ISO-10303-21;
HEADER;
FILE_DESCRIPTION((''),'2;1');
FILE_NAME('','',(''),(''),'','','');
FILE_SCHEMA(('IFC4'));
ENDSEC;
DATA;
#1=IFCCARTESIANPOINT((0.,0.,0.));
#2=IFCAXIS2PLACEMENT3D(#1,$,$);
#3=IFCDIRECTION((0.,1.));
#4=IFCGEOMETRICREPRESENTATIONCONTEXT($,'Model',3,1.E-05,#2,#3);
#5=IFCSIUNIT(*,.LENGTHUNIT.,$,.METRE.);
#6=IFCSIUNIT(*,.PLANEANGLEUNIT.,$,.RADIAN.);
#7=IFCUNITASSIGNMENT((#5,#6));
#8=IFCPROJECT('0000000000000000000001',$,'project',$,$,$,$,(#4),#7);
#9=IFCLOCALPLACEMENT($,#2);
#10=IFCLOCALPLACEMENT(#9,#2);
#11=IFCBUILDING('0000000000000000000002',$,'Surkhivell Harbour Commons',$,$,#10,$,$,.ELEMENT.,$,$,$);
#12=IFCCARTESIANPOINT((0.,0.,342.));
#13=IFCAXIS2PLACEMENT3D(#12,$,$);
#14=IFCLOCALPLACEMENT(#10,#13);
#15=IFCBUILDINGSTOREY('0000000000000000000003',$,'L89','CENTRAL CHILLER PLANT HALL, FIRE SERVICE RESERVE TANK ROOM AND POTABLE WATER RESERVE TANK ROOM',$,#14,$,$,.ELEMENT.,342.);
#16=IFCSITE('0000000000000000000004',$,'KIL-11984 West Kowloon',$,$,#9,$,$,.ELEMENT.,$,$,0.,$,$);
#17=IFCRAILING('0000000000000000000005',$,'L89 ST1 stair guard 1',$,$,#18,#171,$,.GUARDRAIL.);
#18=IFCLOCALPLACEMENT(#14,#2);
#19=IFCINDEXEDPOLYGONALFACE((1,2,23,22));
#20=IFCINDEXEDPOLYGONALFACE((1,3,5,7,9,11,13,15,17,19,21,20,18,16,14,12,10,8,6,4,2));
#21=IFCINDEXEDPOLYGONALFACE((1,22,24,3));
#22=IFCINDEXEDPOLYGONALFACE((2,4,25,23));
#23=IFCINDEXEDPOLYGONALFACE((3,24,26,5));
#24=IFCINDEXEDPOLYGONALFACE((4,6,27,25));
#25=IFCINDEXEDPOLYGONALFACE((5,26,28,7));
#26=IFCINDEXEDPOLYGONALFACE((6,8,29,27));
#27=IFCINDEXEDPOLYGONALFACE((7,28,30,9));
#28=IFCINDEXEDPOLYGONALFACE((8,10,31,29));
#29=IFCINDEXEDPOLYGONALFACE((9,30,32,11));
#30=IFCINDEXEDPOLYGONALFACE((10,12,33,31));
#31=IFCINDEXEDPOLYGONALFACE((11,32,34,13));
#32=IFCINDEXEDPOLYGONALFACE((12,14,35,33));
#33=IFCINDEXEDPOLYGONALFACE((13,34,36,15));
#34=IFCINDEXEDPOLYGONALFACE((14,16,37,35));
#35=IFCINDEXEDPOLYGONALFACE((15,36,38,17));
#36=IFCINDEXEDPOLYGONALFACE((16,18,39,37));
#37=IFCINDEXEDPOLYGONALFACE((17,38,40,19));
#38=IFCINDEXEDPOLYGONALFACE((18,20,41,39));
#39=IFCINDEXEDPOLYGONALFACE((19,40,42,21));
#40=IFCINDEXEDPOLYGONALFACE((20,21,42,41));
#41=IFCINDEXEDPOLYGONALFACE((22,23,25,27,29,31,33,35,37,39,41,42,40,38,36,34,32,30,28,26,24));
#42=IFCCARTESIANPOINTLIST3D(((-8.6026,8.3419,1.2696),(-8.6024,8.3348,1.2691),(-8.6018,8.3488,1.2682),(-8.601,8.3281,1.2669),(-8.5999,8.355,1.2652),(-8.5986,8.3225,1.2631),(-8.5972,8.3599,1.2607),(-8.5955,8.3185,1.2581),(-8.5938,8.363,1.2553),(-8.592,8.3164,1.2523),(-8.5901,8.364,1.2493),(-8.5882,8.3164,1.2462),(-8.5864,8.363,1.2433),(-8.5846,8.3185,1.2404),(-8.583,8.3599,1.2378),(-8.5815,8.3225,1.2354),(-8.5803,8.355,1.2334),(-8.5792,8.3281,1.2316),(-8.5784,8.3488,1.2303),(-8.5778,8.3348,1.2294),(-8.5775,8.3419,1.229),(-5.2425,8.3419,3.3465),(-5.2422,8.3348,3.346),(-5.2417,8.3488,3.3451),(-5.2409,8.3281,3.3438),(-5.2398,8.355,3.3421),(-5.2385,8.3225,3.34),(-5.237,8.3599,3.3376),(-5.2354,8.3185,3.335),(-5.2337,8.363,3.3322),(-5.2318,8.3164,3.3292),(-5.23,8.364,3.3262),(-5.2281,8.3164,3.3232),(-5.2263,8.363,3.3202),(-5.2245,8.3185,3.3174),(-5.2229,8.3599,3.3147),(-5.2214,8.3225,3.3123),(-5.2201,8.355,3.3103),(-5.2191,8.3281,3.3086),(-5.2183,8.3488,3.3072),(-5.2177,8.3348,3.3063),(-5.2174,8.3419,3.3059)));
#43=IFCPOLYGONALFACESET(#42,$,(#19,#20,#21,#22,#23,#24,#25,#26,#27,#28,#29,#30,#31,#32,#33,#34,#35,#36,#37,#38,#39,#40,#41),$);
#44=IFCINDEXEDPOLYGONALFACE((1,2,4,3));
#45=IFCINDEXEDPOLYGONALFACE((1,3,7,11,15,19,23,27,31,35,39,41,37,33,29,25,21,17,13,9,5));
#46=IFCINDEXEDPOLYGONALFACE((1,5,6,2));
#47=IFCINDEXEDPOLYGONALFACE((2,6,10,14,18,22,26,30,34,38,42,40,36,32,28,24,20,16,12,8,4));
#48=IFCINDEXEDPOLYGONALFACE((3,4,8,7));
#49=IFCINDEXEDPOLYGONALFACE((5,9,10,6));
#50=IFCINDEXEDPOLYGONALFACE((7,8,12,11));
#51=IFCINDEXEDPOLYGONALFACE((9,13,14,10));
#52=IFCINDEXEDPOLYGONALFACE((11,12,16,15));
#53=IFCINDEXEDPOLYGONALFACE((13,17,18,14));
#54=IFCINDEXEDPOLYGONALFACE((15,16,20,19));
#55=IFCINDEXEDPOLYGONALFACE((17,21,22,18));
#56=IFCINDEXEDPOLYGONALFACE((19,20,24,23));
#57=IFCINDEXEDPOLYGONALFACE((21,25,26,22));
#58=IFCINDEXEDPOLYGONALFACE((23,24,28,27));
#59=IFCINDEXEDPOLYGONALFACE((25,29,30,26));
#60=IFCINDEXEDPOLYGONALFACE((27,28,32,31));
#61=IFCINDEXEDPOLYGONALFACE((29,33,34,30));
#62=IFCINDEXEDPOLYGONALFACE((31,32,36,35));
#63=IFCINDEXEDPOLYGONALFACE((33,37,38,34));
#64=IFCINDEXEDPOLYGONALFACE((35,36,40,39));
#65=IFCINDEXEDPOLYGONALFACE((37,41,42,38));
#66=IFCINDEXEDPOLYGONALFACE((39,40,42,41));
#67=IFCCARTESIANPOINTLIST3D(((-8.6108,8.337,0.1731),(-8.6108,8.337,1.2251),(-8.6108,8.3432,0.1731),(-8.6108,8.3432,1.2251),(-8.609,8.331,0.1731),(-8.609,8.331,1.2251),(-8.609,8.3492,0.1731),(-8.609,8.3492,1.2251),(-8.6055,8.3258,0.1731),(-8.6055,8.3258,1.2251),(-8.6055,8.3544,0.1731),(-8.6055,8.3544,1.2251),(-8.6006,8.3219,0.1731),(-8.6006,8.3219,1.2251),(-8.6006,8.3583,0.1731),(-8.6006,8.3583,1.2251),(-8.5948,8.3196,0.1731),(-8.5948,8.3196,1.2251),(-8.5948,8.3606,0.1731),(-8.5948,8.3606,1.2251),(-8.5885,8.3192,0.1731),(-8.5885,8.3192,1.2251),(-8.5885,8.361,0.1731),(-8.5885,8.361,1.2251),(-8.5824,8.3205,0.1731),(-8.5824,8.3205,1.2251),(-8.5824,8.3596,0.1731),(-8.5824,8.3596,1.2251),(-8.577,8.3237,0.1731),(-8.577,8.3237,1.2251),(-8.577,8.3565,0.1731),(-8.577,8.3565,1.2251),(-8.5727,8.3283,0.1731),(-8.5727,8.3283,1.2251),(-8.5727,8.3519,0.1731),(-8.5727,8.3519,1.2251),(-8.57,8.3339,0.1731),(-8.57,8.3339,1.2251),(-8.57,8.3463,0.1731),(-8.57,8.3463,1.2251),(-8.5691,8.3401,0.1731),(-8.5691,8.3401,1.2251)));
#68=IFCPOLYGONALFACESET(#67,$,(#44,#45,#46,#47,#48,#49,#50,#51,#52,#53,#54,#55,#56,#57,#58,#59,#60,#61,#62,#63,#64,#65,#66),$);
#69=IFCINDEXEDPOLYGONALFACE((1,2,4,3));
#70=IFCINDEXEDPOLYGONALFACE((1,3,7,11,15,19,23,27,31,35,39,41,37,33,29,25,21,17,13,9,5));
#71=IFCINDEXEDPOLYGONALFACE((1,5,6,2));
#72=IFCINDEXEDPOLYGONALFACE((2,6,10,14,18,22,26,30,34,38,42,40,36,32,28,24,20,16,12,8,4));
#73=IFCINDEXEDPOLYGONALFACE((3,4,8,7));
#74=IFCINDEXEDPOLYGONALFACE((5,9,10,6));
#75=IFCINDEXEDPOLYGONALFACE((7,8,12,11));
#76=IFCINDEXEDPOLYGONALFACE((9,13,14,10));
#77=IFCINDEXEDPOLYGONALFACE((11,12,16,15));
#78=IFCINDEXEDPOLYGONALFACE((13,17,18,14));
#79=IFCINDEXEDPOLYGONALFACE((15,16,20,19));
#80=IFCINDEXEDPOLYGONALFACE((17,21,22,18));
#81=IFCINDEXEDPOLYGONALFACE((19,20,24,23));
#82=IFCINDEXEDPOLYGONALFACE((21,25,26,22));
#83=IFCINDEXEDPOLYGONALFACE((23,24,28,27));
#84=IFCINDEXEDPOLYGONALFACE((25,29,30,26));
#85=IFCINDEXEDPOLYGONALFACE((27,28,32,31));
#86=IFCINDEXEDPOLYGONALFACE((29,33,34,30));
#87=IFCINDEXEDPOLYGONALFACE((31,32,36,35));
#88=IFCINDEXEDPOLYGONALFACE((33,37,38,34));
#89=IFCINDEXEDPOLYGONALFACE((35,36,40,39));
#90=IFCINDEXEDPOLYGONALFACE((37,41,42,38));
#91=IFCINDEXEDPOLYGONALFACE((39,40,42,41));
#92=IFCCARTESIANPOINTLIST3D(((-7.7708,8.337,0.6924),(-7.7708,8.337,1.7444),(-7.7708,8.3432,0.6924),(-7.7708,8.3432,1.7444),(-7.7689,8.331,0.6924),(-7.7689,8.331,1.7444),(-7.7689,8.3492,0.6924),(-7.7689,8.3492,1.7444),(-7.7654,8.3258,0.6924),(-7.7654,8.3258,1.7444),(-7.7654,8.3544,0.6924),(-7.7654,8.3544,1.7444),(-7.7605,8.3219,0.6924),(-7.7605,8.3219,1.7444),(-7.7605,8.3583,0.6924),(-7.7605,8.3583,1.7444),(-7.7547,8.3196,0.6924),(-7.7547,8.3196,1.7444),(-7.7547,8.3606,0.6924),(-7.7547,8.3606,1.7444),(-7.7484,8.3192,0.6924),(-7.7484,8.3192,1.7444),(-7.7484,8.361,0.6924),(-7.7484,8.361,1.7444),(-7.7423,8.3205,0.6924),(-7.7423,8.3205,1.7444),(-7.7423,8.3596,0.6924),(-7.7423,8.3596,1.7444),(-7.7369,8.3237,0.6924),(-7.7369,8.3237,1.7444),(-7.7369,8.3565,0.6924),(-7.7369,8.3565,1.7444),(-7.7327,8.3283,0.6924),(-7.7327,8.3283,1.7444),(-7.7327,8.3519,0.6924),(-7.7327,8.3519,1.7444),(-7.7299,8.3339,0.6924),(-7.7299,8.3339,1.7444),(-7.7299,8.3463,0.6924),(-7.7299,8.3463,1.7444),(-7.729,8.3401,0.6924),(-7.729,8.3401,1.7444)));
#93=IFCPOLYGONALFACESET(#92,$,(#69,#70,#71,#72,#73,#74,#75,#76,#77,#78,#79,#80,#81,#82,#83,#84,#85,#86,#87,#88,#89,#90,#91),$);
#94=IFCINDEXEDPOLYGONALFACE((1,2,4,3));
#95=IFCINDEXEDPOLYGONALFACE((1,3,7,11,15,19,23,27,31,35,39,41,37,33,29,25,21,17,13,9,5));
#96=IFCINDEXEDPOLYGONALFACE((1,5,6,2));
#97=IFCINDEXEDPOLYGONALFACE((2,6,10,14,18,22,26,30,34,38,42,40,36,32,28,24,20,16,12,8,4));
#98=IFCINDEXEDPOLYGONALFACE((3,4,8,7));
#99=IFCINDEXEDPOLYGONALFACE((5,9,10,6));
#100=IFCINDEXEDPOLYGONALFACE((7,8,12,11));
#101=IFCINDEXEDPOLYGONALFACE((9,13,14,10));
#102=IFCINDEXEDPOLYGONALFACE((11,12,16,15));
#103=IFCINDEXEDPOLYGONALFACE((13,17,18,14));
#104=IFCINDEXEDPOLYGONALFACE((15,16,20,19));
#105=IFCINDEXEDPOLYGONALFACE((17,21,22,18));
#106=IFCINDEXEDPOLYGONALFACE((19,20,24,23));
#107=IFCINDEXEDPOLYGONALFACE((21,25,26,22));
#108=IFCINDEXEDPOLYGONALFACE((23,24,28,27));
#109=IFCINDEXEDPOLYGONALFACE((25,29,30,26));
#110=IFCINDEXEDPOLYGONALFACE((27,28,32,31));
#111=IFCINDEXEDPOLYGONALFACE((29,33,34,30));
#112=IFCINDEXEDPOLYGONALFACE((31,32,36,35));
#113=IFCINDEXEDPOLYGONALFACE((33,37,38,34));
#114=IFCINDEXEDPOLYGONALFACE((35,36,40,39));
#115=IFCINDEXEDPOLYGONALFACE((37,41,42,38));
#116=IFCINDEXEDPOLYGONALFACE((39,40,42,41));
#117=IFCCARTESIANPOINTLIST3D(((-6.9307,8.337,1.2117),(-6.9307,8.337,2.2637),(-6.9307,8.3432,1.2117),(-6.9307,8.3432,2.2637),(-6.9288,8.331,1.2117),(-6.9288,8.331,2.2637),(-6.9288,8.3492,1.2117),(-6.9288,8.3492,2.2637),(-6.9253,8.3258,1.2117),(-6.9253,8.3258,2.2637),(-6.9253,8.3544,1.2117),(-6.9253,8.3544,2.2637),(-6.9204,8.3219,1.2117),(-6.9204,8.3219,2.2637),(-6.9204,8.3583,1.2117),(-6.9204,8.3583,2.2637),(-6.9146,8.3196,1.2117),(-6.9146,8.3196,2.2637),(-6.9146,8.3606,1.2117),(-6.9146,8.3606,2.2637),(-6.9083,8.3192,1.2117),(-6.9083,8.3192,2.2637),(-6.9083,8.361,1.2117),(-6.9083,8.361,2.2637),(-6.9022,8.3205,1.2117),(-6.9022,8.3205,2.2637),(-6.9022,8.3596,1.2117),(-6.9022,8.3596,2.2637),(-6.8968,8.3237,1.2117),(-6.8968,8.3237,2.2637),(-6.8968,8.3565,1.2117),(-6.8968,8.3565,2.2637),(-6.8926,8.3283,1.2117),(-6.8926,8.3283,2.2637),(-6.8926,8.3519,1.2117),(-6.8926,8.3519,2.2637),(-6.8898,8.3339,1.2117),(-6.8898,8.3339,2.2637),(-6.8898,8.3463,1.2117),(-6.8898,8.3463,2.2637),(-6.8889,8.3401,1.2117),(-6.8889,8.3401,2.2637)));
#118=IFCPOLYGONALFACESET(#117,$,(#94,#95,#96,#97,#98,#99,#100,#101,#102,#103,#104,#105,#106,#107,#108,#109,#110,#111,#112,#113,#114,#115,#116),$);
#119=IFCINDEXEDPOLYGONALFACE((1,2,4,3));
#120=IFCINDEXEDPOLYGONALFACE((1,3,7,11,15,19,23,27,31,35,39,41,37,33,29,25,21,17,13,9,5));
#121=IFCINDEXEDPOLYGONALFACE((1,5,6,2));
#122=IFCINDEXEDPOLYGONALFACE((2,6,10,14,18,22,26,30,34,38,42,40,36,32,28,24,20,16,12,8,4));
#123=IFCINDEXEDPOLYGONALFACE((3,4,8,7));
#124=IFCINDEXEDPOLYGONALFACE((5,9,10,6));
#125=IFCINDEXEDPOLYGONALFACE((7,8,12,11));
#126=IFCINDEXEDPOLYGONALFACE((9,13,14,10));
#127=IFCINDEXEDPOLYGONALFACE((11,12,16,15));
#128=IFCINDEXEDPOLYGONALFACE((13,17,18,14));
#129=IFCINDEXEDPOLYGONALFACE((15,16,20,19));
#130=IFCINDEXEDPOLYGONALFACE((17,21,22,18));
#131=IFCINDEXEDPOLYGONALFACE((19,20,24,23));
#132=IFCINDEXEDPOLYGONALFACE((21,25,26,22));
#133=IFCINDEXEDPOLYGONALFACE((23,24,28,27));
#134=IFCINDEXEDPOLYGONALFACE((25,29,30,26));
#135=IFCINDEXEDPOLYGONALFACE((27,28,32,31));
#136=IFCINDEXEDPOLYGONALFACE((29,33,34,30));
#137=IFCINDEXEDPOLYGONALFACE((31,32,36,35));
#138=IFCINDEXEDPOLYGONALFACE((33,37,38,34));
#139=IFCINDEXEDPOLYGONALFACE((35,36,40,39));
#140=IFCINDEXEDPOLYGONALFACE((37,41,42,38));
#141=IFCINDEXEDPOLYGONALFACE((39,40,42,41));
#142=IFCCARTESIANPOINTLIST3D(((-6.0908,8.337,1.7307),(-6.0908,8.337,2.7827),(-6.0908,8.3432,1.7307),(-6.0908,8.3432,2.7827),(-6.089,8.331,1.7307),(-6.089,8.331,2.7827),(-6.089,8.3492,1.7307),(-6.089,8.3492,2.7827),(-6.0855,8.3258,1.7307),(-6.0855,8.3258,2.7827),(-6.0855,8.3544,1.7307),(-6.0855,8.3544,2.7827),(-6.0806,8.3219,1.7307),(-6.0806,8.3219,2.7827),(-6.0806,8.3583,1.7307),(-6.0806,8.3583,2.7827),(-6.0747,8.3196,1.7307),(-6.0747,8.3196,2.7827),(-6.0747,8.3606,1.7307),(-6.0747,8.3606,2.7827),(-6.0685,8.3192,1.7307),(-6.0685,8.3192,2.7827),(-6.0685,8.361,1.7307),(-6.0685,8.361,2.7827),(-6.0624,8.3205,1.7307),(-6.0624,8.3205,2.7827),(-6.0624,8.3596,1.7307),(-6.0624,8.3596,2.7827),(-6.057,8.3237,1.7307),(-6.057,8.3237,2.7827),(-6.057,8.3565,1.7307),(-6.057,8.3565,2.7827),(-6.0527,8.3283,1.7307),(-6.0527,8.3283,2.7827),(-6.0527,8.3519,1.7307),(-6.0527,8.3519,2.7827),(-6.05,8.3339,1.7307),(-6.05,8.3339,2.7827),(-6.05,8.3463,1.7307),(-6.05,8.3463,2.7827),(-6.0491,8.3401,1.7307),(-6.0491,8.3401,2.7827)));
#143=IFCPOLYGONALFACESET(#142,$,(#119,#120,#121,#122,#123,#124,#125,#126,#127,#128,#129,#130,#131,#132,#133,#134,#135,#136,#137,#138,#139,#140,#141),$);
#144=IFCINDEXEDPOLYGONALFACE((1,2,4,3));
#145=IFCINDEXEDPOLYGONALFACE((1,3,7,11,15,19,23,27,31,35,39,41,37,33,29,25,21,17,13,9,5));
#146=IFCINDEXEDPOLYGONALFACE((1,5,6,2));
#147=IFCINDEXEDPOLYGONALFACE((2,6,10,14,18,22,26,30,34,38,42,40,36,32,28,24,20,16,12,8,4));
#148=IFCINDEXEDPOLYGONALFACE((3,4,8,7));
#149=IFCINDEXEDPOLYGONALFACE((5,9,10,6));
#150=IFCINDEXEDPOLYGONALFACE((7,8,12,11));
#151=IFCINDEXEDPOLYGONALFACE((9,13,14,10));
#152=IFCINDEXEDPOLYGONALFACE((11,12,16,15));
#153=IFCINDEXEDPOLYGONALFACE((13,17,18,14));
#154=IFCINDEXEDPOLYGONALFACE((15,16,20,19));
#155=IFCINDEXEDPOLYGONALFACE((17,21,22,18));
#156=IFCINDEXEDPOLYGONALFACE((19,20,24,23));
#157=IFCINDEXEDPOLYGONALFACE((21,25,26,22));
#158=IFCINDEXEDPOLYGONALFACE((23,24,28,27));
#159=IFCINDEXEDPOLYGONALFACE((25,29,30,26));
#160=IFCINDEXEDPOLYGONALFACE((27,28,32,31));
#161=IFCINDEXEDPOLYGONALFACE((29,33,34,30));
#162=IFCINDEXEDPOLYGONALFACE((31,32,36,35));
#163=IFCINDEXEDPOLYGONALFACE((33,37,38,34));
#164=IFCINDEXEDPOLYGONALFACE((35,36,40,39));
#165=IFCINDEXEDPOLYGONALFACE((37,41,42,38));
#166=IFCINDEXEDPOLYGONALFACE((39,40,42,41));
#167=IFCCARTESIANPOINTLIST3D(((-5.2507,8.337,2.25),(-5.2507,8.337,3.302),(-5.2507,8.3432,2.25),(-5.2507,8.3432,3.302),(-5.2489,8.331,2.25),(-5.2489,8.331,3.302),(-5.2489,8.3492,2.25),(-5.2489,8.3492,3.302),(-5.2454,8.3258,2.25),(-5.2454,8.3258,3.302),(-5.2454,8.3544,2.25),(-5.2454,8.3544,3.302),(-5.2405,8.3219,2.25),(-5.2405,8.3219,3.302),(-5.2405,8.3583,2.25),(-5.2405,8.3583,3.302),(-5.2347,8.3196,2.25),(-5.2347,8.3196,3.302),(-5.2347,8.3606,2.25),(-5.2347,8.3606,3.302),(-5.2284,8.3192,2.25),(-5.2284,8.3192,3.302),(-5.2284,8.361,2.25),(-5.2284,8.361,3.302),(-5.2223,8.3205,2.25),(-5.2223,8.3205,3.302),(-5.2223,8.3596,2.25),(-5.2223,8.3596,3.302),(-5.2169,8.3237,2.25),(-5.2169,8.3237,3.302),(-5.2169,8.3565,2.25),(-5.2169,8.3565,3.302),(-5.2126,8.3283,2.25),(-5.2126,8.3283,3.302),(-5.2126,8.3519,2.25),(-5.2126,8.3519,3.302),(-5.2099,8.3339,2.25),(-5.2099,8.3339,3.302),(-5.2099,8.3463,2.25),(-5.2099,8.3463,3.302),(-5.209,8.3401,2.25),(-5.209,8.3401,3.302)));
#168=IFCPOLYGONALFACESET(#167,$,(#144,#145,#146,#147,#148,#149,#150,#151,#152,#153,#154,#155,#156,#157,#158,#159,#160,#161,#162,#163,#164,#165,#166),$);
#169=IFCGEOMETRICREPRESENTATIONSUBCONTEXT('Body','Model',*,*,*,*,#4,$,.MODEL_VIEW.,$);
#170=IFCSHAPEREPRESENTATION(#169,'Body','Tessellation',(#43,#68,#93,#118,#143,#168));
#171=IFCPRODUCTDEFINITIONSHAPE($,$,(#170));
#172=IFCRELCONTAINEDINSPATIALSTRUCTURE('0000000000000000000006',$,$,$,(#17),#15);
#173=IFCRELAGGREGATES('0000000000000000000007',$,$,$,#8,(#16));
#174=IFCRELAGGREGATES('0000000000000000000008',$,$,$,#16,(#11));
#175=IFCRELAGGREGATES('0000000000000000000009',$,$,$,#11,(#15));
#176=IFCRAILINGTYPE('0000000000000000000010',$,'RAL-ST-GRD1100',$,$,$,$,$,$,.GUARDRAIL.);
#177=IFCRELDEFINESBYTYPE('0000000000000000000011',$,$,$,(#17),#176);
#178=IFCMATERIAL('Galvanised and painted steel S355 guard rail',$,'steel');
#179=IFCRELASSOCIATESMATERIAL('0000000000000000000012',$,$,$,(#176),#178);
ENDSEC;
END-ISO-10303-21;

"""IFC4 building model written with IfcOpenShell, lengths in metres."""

from ifc_helpers import new_model, si_unit, direction, frame, origin, origin_2d, place, context, subcontext, project, spatial, circle, extrude, material, type_object, element, save


model = new_model("IFC4")

# Units and contexts
model_context = context("Model", 3, precision=1e-05, world=origin(), true_north=direction((0.0, 1.0)))
body_context = subcontext(model_context, "Body", "Model", "MODEL_VIEW")
ifc_project = project(units=[si_unit("LENGTHUNIT", "METRE"), si_unit("PLANEANGLEUNIT", "RADIAN")], contexts=[model_context])

# Site, building, storey
site_placement = place(None, origin())
site = spatial("IfcSite", under=ifc_project, at=site_placement, Name="KIL-11984 West Kowloon", CompositionType="ELEMENT", RefElevation=0.0)
building_placement = place(site_placement, origin())
building = spatial("IfcBuilding", under=site, at=building_placement, Name="Surkhivell Harbour Commons", CompositionType="ELEMENT")
storey_placement = place(building_placement, frame((0.0, 0.0, 342.0)))
storey = spatial("IfcBuildingStorey", under=building, at=storey_placement, Name="L89", Description="CENTRAL CHILLER PLANT HALL, FIRE SERVICE RESERVE TANK ROOM AND POTABLE WATER RESERVE TANK ROOM", CompositionType="ELEMENT", Elevation=342.0)

# Railing
ifc_material_1 = material(Name="Galvanised and painted steel S355 guard rail", Category="steel")
railing_type_1 = type_object("IfcRailingType", Name="RAL-ST-GRD1100", PredefinedType="GUARDRAIL", material=ifc_material_1)
railing_1_placement = place(storey_placement, frame((-8.5901, 8.3401, 0.1731)))
element("IfcRailing", 1, at=railing_1_placement, inside=storey, type_object=railing_type_1, Name="L89 ST1 stair guard 1", PredefinedType="GUARDRAIL", context=body_context, shape_type="SweptSolid", body=[
    extrude(circle(Radius=0.0239, at=origin_2d()), frame((0.0, 0.0, 1.0762), z_axis=(0.850623, 0.0, 0.525776), x_axis=(0.0, 1.0, 0.0)), (0.0, 0.0, 1.0), 3.9502),
    extrude(circle(Radius=0.021, at=origin_2d()), origin(), (0.0, 0.0, 1.0), 1.052),
    extrude(circle(Radius=0.021, at=origin_2d()), frame((0.8401, 0.0, 0.5193)), (0.0, 0.0, 1.0), 1.052),
    extrude(circle(Radius=0.021, at=origin_2d()), frame((1.6802, 0.0, 1.0386)), (0.0, 0.0, 1.0), 1.052),
    extrude(circle(Radius=0.021, at=origin_2d()), frame((2.52, 0.0, 1.5576)), (0.0, 0.0, 1.0), 1.052),
    extrude(circle(Radius=0.021, at=origin_2d()), frame((3.3601, 0.0, 2.0769)), (0.0, 0.0, 1.0), 1.052),
])

save(model, "model.ifc")
